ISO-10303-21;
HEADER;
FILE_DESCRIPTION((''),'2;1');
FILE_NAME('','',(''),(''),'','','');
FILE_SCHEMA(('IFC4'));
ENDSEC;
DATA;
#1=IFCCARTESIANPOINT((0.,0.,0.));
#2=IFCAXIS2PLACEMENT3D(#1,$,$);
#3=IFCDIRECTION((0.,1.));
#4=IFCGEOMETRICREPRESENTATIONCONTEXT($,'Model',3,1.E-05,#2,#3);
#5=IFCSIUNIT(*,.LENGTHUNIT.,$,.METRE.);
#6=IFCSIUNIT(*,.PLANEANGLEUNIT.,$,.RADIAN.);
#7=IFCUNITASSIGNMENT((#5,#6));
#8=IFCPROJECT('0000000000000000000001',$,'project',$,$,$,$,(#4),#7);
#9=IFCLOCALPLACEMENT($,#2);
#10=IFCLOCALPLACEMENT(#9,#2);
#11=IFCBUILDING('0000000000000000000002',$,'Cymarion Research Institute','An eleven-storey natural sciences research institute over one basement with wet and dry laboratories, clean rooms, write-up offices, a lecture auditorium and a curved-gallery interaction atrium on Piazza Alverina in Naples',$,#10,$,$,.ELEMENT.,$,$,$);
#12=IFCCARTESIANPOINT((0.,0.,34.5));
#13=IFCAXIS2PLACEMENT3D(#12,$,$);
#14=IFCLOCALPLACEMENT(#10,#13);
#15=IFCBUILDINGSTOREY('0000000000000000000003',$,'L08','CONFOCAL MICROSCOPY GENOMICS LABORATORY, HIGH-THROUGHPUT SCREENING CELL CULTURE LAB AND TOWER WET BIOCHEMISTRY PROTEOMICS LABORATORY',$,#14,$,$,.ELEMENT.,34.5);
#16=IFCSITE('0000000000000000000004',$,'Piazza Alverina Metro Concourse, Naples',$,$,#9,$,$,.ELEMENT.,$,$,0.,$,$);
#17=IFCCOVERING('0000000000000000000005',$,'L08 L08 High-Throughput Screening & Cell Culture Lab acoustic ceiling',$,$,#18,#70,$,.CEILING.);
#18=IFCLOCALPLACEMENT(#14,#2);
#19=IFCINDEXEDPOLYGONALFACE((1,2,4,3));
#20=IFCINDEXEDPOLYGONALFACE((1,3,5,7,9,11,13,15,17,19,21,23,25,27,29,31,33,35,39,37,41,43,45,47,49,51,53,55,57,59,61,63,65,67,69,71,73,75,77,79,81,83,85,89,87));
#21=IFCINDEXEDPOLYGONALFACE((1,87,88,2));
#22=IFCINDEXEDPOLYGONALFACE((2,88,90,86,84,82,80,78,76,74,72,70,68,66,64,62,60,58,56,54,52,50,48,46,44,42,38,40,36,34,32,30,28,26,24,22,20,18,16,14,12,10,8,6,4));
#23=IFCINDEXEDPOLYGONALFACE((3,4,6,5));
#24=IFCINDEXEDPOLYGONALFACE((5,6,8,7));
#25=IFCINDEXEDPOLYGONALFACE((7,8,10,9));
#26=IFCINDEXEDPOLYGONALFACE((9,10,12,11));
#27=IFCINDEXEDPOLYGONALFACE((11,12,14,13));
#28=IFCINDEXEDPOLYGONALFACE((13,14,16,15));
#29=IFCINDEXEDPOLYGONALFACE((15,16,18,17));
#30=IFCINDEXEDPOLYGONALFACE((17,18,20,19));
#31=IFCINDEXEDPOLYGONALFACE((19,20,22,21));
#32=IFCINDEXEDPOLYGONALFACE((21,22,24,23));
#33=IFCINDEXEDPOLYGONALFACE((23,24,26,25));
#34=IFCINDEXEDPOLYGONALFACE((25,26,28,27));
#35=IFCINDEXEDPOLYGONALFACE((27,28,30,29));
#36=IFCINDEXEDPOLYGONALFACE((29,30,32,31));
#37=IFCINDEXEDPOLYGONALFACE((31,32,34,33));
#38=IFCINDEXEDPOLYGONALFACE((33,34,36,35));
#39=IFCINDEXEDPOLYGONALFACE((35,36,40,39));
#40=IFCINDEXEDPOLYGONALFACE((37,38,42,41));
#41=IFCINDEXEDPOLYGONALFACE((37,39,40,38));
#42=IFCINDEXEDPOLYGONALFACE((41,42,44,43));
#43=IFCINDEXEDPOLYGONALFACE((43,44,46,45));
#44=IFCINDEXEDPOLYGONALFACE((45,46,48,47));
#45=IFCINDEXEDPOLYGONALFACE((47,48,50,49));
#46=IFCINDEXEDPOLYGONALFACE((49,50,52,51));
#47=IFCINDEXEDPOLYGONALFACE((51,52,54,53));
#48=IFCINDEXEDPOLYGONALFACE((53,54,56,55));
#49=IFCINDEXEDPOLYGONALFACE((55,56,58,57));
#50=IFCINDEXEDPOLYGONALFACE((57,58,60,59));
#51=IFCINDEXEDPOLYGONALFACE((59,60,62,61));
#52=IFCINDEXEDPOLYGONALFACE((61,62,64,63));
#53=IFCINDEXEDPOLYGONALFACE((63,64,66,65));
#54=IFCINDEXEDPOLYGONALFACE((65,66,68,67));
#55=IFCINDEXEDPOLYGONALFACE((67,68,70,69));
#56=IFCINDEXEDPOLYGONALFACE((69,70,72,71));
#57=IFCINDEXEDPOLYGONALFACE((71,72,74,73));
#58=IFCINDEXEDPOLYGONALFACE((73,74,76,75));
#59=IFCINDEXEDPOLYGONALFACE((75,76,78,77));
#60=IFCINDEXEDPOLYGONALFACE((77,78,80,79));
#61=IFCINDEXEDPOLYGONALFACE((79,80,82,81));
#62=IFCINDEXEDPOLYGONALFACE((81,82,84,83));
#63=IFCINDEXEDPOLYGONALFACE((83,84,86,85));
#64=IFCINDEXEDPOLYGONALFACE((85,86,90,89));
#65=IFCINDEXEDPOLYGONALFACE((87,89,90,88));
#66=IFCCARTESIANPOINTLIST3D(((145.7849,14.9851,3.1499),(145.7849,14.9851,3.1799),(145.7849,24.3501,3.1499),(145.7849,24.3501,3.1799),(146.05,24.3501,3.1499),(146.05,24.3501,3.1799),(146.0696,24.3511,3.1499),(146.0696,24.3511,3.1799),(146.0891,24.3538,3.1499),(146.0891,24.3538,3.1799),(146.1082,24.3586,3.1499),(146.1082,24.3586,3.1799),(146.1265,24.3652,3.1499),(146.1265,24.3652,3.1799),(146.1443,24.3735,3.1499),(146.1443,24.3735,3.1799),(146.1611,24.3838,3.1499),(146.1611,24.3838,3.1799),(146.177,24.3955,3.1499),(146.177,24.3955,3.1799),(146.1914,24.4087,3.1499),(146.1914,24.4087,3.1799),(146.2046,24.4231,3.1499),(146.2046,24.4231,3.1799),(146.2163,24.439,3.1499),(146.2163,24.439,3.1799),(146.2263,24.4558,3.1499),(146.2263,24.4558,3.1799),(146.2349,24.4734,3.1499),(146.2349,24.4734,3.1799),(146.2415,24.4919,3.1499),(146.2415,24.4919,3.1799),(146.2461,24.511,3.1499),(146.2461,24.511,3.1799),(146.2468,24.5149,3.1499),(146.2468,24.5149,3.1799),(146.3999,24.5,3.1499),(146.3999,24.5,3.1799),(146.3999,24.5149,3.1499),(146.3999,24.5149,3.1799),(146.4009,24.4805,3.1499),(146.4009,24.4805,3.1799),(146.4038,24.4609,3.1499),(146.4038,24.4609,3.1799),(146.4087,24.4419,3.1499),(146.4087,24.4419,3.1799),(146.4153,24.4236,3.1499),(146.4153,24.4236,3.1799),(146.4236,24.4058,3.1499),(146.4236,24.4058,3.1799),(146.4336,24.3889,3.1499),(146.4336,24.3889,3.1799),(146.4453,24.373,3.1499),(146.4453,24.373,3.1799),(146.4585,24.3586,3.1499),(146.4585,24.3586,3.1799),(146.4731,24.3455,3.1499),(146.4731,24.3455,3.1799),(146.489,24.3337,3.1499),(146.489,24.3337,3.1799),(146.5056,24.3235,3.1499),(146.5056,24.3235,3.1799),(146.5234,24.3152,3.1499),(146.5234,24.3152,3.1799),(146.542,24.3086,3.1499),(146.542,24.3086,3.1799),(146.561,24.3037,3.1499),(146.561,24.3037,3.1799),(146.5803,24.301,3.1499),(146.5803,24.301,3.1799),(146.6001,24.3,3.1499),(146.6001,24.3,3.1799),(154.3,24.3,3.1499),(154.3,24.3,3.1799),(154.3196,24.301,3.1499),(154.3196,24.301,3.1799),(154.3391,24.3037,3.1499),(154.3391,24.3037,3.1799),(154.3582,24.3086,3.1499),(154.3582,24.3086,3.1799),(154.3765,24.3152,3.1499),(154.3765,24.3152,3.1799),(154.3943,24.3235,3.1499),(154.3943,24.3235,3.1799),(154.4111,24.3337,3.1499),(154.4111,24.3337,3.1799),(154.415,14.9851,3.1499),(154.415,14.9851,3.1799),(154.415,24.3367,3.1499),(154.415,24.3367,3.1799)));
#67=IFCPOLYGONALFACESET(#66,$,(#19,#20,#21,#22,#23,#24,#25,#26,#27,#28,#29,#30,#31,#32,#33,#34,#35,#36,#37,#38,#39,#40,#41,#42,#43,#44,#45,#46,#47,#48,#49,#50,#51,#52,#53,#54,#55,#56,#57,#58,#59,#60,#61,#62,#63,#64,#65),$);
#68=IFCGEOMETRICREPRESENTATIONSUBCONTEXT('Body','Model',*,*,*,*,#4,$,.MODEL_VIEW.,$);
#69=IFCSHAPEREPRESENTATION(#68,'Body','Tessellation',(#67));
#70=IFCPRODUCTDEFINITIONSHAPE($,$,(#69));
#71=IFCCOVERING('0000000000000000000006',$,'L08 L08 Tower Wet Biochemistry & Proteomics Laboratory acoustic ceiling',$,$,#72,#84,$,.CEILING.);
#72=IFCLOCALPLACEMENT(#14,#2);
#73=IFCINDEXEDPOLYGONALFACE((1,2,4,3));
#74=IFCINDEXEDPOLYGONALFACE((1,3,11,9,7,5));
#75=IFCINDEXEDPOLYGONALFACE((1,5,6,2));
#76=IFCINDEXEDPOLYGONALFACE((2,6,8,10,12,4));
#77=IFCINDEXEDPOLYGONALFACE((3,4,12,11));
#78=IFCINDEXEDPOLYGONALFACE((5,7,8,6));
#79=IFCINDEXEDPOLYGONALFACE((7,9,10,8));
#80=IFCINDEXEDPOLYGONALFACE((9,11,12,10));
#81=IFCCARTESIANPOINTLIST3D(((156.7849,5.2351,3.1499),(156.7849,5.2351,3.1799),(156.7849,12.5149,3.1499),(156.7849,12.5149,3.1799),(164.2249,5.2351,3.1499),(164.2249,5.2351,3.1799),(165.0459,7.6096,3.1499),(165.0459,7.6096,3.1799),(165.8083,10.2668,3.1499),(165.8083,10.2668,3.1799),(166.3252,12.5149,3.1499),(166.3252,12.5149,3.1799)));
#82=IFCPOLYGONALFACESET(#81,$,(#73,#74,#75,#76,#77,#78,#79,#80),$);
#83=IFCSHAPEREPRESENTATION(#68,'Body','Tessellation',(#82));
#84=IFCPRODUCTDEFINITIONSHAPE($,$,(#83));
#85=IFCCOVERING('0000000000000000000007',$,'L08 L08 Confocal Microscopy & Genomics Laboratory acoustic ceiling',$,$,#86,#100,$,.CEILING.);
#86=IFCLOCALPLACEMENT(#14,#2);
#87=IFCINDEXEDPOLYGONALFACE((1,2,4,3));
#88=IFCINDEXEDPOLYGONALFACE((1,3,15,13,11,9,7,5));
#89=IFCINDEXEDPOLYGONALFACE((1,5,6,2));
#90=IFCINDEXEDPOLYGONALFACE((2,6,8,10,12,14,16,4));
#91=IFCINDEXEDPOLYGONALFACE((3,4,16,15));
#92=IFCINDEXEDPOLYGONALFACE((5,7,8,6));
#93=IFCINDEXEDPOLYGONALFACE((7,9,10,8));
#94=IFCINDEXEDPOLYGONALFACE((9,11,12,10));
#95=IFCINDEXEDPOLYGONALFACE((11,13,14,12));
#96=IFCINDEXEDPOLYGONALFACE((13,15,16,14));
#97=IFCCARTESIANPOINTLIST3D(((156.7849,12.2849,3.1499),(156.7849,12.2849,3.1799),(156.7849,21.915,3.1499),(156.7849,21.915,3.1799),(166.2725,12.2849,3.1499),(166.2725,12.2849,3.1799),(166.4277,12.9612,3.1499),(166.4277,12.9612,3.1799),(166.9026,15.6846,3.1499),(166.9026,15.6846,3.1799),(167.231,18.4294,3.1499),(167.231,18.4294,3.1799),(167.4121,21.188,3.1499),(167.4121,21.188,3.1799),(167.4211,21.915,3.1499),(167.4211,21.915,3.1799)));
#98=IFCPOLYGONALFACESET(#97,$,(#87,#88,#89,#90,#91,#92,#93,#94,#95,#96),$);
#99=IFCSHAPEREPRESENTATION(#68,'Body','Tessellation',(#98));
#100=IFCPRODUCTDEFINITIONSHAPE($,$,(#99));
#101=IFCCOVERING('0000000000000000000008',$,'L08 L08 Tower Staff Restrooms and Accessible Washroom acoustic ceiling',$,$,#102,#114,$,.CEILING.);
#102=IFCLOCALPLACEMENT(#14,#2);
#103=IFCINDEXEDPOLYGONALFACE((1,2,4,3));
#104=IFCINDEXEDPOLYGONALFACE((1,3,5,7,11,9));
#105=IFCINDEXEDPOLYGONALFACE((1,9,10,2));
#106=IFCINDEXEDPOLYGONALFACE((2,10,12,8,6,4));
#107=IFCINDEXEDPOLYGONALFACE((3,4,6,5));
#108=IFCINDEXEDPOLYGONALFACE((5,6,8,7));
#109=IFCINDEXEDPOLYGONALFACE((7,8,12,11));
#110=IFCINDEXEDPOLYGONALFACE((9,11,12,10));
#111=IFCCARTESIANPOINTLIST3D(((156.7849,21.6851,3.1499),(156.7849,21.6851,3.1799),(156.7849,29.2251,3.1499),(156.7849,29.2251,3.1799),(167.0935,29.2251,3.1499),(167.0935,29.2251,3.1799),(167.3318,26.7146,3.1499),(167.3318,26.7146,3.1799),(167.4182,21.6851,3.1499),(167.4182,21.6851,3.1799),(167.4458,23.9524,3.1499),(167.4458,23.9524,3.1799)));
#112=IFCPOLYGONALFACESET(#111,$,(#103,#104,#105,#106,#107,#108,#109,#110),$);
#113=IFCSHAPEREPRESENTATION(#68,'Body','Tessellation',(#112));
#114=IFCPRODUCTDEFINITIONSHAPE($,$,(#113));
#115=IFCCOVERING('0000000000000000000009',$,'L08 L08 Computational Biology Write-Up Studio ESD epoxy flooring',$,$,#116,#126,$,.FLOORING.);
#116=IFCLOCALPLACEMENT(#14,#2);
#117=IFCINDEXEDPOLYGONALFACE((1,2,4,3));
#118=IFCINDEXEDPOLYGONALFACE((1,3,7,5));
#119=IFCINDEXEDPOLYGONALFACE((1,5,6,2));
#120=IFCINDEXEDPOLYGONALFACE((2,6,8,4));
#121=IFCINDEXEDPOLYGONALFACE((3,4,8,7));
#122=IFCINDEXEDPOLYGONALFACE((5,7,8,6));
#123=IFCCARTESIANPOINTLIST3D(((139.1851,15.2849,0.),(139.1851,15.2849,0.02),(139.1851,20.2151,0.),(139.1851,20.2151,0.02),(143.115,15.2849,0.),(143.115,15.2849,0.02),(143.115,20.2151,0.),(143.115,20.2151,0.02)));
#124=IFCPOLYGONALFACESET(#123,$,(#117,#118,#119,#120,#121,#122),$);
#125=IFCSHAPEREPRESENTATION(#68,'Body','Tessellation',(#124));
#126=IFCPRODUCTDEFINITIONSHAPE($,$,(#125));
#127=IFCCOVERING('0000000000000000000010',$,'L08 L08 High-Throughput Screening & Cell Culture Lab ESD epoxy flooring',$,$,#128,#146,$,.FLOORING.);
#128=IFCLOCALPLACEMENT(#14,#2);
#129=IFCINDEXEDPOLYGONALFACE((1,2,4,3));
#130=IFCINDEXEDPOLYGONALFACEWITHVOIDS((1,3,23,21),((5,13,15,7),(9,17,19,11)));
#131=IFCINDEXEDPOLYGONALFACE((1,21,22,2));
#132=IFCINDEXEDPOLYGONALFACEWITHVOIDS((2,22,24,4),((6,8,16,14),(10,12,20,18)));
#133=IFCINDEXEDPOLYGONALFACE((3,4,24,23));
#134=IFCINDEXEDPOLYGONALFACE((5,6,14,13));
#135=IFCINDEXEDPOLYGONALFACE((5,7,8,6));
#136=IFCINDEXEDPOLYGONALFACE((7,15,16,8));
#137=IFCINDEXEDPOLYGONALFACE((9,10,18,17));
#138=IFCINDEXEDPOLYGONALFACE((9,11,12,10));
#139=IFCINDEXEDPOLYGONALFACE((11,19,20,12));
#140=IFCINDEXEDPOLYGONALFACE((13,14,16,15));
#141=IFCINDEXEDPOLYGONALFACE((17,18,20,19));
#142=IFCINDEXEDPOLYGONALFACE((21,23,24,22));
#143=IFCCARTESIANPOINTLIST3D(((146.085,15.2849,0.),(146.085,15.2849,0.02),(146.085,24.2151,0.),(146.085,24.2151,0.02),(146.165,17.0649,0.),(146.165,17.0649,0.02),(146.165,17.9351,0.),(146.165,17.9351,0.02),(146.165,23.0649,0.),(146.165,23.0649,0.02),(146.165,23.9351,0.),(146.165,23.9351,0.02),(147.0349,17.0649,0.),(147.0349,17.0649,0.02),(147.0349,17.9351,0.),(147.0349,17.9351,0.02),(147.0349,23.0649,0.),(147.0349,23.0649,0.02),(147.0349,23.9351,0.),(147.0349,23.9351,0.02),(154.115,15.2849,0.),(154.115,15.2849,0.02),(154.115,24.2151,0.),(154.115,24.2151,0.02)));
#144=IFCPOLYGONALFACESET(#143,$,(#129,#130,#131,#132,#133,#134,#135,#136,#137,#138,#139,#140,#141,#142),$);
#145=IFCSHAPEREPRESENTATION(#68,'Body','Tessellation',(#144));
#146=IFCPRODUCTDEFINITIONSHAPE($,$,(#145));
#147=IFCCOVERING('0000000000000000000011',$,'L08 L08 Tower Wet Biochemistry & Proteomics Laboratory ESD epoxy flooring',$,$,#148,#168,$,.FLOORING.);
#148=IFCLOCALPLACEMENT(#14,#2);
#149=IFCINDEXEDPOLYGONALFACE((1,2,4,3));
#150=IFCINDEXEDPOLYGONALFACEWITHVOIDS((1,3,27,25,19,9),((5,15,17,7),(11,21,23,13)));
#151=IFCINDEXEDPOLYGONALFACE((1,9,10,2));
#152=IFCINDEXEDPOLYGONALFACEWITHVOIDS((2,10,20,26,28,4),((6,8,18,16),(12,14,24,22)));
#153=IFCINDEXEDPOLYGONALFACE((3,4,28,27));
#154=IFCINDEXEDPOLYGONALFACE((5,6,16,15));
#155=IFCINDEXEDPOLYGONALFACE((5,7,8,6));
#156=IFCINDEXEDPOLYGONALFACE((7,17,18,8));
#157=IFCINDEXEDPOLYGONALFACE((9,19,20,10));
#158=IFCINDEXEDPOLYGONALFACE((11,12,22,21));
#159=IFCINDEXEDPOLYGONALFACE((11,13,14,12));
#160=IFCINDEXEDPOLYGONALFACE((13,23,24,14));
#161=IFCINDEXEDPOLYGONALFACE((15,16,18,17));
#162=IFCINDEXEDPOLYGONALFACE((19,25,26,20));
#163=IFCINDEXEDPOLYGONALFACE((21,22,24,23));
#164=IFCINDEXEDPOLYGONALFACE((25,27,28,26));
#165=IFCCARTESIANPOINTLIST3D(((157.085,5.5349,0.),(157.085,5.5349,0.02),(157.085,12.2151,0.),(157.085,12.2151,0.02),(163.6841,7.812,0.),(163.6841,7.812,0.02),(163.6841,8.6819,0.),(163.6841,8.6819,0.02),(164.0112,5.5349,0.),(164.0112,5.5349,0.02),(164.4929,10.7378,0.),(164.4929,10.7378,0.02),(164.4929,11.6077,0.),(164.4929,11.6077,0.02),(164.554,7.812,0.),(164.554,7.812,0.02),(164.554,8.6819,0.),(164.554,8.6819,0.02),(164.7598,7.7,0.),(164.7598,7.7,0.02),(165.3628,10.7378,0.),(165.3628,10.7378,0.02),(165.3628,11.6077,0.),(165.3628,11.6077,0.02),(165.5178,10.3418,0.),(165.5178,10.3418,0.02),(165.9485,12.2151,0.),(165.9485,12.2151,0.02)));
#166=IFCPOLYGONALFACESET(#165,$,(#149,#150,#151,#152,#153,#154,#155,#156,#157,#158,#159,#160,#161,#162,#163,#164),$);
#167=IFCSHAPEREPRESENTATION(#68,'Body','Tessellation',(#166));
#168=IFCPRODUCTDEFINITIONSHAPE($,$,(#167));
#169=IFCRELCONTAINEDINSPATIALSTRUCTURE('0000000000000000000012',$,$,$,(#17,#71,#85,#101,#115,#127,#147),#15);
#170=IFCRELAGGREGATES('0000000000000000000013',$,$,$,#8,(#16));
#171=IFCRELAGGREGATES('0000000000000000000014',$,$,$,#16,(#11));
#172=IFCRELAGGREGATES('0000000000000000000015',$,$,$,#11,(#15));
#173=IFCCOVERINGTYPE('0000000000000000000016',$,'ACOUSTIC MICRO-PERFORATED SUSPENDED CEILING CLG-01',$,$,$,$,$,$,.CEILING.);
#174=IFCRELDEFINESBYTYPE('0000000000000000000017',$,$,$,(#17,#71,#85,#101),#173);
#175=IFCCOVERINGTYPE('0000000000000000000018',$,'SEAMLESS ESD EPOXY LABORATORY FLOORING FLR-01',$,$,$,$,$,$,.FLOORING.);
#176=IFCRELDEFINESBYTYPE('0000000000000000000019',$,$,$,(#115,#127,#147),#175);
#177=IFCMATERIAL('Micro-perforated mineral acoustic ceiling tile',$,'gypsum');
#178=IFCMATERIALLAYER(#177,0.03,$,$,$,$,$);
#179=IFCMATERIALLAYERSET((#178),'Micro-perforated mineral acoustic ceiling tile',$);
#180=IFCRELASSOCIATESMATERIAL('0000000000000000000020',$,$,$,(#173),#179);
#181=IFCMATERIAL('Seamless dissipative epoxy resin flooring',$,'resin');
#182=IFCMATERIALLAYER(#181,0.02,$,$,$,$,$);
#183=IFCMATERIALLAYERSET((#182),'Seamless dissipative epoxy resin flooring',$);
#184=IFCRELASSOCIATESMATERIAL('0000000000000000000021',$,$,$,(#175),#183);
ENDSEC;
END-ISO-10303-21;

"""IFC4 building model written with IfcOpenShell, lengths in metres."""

from ifc_helpers import new_model, si_unit, direction, frame, origin, place, context, subcontext, project, spatial, polyline, outline, extrude, material, layer, layer_set, type_object, element, save


model = new_model("IFC4")

# Units and contexts
model_context = context("Model", 3, precision=1e-05, world=origin(), true_north=direction((0.0, 1.0)))
body_context = subcontext(model_context, "Body", "Model", "MODEL_VIEW")
ifc_project = project(units=[si_unit("LENGTHUNIT", "METRE"), si_unit("PLANEANGLEUNIT", "RADIAN")], contexts=[model_context])

# Site, building, storey
site_placement = place(None, origin())
site = spatial("IfcSite", under=ifc_project, at=site_placement, Name="Piazza Alverina Metro Concourse, Naples", CompositionType="ELEMENT", RefElevation=0.0)
building_placement = place(site_placement, origin())
building = spatial("IfcBuilding", under=site, at=building_placement, Name="Cymarion Research Institute", Description="An eleven-storey natural sciences research institute over one basement with wet and dry laboratories, clean rooms, write-up offices, a lecture auditorium and a curved-gallery interaction atrium on Piazza Alverina in Naples", CompositionType="ELEMENT")
storey_placement = place(building_placement, frame((0.0, 0.0, 34.5)))
storey = spatial("IfcBuildingStorey", under=building, at=storey_placement, Name="L08", Description="CONFOCAL MICROSCOPY GENOMICS LABORATORY, HIGH-THROUGHPUT SCREENING CELL CULTURE LAB AND TOWER WET BIOCHEMISTRY PROTEOMICS LABORATORY", CompositionType="ELEMENT", Elevation=34.5)

# Coverings
ifc_material_1 = material(Name="Micro-perforated mineral acoustic ceiling tile", Category="gypsum")
ifc_layer_1 = layer(ifc_material_1, 0.03)
ifc_layer_set_1 = layer_set([ifc_layer_1], Name="Micro-perforated mineral acoustic ceiling tile")
covering_type_1 = type_object("IfcCoveringType", Name="ACOUSTIC MICRO-PERFORATED SUSPENDED CEILING CLG-01", PredefinedType="CEILING", material=ifc_layer_set_1)
covering_1_placement = place(storey_placement, frame((0.0, 0.0, 3.1499)))
element("IfcCovering", 1, at=covering_1_placement, inside=storey, type_object=covering_type_1, Name="L08 L08 High-Throughput Screening & Cell Culture Lab acoustic ceiling", PredefinedType="CEILING", context=body_context, shape_type="SweptSolid", body=[
    extrude(outline(polyline([(146.3999, 24.5149), (146.3999, 24.5), (146.4009, 24.4805), (146.4038, 24.4609), (146.4087, 24.4419), (146.4153, 24.4236), (146.4236, 24.4058), (146.4336, 24.3889), (146.4453, 24.373), (146.4585, 24.3586), (146.4731, 24.3455), (146.489, 24.3337), (146.5056, 24.3235), (146.5234, 24.3152), (146.542, 24.3086), (146.561, 24.3037), (146.5803, 24.301), (146.6001, 24.3), (154.3, 24.3), (154.3196, 24.301), (154.3391, 24.3037), (154.3582, 24.3086), (154.3765, 24.3152), (154.3943, 24.3235), (154.4111, 24.3337), (154.415, 24.3367), (154.415, 14.9851), (145.7849, 14.9851), (145.7849, 24.3501), (146.05, 24.3501), (146.0696, 24.3511), (146.0891, 24.3538), (146.1082, 24.3586), (146.1265, 24.3652), (146.1443, 24.3735), (146.1611, 24.3838), (146.177, 24.3955), (146.1914, 24.4087), (146.2046, 24.4231), (146.2163, 24.439), (146.2263, 24.4558), (146.2349, 24.4734), (146.2415, 24.4919), (146.2461, 24.511), (146.2468, 24.5149), (146.3999, 24.5149)])), origin(), (0.0, 0.0, 1.0), 0.03),
])
covering_2_placement = place(storey_placement, frame((0.0, 0.0, 3.1499)))
element("IfcCovering", 2, at=covering_2_placement, inside=storey, type_object=covering_type_1, Name="L08 L08 Tower Wet Biochemistry & Proteomics Laboratory acoustic ceiling", PredefinedType="CEILING", context=body_context, shape_type="SweptSolid", body=[
    extrude(outline(polyline([(166.3252, 12.5149), (165.8083, 10.2668), (165.0459, 7.6096), (164.2249, 5.2351), (156.7849, 5.2351), (156.7849, 12.5149), (166.3252, 12.5149)])), origin(), (0.0, 0.0, 1.0), 0.03),
])
covering_3_placement = place(storey_placement, frame((0.0, 0.0, 3.1499)))
element("IfcCovering", 3, at=covering_3_placement, inside=storey, type_object=covering_type_1, Name="L08 L08 Confocal Microscopy & Genomics Laboratory acoustic ceiling", PredefinedType="CEILING", context=body_context, shape_type="SweptSolid", body=[
    extrude(outline(polyline([(167.4211, 21.915), (167.4121, 21.188), (167.231, 18.4294), (166.9026, 15.6846), (166.4277, 12.9612), (166.2725, 12.2849), (156.7849, 12.2849), (156.7849, 21.915), (167.4211, 21.915)])), origin(), (0.0, 0.0, 1.0), 0.03),
])
covering_4_placement = place(storey_placement, frame((0.0, 0.0, 3.1499)))
element("IfcCovering", 4, at=covering_4_placement, inside=storey, type_object=covering_type_1, Name="L08 L08 Tower Staff Restrooms and Accessible Washroom acoustic ceiling", PredefinedType="CEILING", context=body_context, shape_type="SweptSolid", body=[
    extrude(outline(polyline([(167.4458, 23.9524), (167.4182, 21.6851), (156.7849, 21.6851), (156.7849, 29.2251), (167.0935, 29.2251), (167.3318, 26.7146), (167.4458, 23.9524)])), origin(), (0.0, 0.0, 1.0), 0.03),
])
ifc_material_2 = material(Name="Seamless dissipative epoxy resin flooring", Category="resin")
ifc_layer_2 = layer(ifc_material_2, 0.02)
ifc_layer_set_2 = layer_set([ifc_layer_2], Name="Seamless dissipative epoxy resin flooring")
covering_type_2 = type_object("IfcCoveringType", Name="SEAMLESS ESD EPOXY LABORATORY FLOORING FLR-01", PredefinedType="FLOORING", material=ifc_layer_set_2)
covering_5_placement = place(storey_placement, origin())
element("IfcCovering", 5, at=covering_5_placement, inside=storey, type_object=covering_type_2, Name="L08 L08 Computational Biology Write-Up Studio ESD epoxy flooring", PredefinedType="FLOORING", context=body_context, shape_type="SweptSolid", body=[
    extrude(outline(polyline([(139.1851, 20.2151), (143.115, 20.2151), (143.115, 15.2849), (139.1851, 15.2849), (139.1851, 20.2151)])), origin(), (0.0, 0.0, 1.0), 0.02),
])
covering_6_placement = place(storey_placement, origin())
element("IfcCovering", 6, at=covering_6_placement, inside=storey, type_object=covering_type_2, Name="L08 L08 High-Throughput Screening & Cell Culture Lab ESD epoxy flooring", PredefinedType="FLOORING", context=body_context, shape_type="SweptSolid", body=[
    extrude(outline(polyline([(146.085, 24.2151), (154.115, 24.2151), (154.115, 15.2849), (146.085, 15.2849), (146.085, 24.2151)]), holes=[polyline([(146.165, 17.0649), (147.0349, 17.0649), (147.0349, 17.9351), (146.165, 17.9351), (146.165, 17.0649)]), polyline([(147.0349, 23.0649), (147.0349, 23.9351), (146.165, 23.9351), (146.165, 23.0649), (147.0349, 23.0649)])]), origin(), (0.0, 0.0, 1.0), 0.02),
])
covering_7_placement = place(storey_placement, origin())
element("IfcCovering", 7, at=covering_7_placement, inside=storey, type_object=covering_type_2, Name="L08 L08 Tower Wet Biochemistry & Proteomics Laboratory ESD epoxy flooring", PredefinedType="FLOORING", context=body_context, shape_type="SweptSolid", body=[
    extrude(outline(polyline([(157.085, 12.2151), (165.9485, 12.2151), (165.5178, 10.3418), (164.7598, 7.7), (164.0112, 5.5349), (157.085, 5.5349), (157.085, 12.2151)]), holes=[polyline([(165.3628, 10.7378), (165.3628, 11.6077), (164.4929, 11.6077), (164.4929, 10.7378), (165.3628, 10.7378)]), polyline([(164.554, 7.812), (164.554, 8.6819), (163.6841, 8.6819), (163.6841, 7.812), (164.554, 7.812)])]), origin(), (0.0, 0.0, 1.0), 0.02),
])

save(model, "model.ifc")
